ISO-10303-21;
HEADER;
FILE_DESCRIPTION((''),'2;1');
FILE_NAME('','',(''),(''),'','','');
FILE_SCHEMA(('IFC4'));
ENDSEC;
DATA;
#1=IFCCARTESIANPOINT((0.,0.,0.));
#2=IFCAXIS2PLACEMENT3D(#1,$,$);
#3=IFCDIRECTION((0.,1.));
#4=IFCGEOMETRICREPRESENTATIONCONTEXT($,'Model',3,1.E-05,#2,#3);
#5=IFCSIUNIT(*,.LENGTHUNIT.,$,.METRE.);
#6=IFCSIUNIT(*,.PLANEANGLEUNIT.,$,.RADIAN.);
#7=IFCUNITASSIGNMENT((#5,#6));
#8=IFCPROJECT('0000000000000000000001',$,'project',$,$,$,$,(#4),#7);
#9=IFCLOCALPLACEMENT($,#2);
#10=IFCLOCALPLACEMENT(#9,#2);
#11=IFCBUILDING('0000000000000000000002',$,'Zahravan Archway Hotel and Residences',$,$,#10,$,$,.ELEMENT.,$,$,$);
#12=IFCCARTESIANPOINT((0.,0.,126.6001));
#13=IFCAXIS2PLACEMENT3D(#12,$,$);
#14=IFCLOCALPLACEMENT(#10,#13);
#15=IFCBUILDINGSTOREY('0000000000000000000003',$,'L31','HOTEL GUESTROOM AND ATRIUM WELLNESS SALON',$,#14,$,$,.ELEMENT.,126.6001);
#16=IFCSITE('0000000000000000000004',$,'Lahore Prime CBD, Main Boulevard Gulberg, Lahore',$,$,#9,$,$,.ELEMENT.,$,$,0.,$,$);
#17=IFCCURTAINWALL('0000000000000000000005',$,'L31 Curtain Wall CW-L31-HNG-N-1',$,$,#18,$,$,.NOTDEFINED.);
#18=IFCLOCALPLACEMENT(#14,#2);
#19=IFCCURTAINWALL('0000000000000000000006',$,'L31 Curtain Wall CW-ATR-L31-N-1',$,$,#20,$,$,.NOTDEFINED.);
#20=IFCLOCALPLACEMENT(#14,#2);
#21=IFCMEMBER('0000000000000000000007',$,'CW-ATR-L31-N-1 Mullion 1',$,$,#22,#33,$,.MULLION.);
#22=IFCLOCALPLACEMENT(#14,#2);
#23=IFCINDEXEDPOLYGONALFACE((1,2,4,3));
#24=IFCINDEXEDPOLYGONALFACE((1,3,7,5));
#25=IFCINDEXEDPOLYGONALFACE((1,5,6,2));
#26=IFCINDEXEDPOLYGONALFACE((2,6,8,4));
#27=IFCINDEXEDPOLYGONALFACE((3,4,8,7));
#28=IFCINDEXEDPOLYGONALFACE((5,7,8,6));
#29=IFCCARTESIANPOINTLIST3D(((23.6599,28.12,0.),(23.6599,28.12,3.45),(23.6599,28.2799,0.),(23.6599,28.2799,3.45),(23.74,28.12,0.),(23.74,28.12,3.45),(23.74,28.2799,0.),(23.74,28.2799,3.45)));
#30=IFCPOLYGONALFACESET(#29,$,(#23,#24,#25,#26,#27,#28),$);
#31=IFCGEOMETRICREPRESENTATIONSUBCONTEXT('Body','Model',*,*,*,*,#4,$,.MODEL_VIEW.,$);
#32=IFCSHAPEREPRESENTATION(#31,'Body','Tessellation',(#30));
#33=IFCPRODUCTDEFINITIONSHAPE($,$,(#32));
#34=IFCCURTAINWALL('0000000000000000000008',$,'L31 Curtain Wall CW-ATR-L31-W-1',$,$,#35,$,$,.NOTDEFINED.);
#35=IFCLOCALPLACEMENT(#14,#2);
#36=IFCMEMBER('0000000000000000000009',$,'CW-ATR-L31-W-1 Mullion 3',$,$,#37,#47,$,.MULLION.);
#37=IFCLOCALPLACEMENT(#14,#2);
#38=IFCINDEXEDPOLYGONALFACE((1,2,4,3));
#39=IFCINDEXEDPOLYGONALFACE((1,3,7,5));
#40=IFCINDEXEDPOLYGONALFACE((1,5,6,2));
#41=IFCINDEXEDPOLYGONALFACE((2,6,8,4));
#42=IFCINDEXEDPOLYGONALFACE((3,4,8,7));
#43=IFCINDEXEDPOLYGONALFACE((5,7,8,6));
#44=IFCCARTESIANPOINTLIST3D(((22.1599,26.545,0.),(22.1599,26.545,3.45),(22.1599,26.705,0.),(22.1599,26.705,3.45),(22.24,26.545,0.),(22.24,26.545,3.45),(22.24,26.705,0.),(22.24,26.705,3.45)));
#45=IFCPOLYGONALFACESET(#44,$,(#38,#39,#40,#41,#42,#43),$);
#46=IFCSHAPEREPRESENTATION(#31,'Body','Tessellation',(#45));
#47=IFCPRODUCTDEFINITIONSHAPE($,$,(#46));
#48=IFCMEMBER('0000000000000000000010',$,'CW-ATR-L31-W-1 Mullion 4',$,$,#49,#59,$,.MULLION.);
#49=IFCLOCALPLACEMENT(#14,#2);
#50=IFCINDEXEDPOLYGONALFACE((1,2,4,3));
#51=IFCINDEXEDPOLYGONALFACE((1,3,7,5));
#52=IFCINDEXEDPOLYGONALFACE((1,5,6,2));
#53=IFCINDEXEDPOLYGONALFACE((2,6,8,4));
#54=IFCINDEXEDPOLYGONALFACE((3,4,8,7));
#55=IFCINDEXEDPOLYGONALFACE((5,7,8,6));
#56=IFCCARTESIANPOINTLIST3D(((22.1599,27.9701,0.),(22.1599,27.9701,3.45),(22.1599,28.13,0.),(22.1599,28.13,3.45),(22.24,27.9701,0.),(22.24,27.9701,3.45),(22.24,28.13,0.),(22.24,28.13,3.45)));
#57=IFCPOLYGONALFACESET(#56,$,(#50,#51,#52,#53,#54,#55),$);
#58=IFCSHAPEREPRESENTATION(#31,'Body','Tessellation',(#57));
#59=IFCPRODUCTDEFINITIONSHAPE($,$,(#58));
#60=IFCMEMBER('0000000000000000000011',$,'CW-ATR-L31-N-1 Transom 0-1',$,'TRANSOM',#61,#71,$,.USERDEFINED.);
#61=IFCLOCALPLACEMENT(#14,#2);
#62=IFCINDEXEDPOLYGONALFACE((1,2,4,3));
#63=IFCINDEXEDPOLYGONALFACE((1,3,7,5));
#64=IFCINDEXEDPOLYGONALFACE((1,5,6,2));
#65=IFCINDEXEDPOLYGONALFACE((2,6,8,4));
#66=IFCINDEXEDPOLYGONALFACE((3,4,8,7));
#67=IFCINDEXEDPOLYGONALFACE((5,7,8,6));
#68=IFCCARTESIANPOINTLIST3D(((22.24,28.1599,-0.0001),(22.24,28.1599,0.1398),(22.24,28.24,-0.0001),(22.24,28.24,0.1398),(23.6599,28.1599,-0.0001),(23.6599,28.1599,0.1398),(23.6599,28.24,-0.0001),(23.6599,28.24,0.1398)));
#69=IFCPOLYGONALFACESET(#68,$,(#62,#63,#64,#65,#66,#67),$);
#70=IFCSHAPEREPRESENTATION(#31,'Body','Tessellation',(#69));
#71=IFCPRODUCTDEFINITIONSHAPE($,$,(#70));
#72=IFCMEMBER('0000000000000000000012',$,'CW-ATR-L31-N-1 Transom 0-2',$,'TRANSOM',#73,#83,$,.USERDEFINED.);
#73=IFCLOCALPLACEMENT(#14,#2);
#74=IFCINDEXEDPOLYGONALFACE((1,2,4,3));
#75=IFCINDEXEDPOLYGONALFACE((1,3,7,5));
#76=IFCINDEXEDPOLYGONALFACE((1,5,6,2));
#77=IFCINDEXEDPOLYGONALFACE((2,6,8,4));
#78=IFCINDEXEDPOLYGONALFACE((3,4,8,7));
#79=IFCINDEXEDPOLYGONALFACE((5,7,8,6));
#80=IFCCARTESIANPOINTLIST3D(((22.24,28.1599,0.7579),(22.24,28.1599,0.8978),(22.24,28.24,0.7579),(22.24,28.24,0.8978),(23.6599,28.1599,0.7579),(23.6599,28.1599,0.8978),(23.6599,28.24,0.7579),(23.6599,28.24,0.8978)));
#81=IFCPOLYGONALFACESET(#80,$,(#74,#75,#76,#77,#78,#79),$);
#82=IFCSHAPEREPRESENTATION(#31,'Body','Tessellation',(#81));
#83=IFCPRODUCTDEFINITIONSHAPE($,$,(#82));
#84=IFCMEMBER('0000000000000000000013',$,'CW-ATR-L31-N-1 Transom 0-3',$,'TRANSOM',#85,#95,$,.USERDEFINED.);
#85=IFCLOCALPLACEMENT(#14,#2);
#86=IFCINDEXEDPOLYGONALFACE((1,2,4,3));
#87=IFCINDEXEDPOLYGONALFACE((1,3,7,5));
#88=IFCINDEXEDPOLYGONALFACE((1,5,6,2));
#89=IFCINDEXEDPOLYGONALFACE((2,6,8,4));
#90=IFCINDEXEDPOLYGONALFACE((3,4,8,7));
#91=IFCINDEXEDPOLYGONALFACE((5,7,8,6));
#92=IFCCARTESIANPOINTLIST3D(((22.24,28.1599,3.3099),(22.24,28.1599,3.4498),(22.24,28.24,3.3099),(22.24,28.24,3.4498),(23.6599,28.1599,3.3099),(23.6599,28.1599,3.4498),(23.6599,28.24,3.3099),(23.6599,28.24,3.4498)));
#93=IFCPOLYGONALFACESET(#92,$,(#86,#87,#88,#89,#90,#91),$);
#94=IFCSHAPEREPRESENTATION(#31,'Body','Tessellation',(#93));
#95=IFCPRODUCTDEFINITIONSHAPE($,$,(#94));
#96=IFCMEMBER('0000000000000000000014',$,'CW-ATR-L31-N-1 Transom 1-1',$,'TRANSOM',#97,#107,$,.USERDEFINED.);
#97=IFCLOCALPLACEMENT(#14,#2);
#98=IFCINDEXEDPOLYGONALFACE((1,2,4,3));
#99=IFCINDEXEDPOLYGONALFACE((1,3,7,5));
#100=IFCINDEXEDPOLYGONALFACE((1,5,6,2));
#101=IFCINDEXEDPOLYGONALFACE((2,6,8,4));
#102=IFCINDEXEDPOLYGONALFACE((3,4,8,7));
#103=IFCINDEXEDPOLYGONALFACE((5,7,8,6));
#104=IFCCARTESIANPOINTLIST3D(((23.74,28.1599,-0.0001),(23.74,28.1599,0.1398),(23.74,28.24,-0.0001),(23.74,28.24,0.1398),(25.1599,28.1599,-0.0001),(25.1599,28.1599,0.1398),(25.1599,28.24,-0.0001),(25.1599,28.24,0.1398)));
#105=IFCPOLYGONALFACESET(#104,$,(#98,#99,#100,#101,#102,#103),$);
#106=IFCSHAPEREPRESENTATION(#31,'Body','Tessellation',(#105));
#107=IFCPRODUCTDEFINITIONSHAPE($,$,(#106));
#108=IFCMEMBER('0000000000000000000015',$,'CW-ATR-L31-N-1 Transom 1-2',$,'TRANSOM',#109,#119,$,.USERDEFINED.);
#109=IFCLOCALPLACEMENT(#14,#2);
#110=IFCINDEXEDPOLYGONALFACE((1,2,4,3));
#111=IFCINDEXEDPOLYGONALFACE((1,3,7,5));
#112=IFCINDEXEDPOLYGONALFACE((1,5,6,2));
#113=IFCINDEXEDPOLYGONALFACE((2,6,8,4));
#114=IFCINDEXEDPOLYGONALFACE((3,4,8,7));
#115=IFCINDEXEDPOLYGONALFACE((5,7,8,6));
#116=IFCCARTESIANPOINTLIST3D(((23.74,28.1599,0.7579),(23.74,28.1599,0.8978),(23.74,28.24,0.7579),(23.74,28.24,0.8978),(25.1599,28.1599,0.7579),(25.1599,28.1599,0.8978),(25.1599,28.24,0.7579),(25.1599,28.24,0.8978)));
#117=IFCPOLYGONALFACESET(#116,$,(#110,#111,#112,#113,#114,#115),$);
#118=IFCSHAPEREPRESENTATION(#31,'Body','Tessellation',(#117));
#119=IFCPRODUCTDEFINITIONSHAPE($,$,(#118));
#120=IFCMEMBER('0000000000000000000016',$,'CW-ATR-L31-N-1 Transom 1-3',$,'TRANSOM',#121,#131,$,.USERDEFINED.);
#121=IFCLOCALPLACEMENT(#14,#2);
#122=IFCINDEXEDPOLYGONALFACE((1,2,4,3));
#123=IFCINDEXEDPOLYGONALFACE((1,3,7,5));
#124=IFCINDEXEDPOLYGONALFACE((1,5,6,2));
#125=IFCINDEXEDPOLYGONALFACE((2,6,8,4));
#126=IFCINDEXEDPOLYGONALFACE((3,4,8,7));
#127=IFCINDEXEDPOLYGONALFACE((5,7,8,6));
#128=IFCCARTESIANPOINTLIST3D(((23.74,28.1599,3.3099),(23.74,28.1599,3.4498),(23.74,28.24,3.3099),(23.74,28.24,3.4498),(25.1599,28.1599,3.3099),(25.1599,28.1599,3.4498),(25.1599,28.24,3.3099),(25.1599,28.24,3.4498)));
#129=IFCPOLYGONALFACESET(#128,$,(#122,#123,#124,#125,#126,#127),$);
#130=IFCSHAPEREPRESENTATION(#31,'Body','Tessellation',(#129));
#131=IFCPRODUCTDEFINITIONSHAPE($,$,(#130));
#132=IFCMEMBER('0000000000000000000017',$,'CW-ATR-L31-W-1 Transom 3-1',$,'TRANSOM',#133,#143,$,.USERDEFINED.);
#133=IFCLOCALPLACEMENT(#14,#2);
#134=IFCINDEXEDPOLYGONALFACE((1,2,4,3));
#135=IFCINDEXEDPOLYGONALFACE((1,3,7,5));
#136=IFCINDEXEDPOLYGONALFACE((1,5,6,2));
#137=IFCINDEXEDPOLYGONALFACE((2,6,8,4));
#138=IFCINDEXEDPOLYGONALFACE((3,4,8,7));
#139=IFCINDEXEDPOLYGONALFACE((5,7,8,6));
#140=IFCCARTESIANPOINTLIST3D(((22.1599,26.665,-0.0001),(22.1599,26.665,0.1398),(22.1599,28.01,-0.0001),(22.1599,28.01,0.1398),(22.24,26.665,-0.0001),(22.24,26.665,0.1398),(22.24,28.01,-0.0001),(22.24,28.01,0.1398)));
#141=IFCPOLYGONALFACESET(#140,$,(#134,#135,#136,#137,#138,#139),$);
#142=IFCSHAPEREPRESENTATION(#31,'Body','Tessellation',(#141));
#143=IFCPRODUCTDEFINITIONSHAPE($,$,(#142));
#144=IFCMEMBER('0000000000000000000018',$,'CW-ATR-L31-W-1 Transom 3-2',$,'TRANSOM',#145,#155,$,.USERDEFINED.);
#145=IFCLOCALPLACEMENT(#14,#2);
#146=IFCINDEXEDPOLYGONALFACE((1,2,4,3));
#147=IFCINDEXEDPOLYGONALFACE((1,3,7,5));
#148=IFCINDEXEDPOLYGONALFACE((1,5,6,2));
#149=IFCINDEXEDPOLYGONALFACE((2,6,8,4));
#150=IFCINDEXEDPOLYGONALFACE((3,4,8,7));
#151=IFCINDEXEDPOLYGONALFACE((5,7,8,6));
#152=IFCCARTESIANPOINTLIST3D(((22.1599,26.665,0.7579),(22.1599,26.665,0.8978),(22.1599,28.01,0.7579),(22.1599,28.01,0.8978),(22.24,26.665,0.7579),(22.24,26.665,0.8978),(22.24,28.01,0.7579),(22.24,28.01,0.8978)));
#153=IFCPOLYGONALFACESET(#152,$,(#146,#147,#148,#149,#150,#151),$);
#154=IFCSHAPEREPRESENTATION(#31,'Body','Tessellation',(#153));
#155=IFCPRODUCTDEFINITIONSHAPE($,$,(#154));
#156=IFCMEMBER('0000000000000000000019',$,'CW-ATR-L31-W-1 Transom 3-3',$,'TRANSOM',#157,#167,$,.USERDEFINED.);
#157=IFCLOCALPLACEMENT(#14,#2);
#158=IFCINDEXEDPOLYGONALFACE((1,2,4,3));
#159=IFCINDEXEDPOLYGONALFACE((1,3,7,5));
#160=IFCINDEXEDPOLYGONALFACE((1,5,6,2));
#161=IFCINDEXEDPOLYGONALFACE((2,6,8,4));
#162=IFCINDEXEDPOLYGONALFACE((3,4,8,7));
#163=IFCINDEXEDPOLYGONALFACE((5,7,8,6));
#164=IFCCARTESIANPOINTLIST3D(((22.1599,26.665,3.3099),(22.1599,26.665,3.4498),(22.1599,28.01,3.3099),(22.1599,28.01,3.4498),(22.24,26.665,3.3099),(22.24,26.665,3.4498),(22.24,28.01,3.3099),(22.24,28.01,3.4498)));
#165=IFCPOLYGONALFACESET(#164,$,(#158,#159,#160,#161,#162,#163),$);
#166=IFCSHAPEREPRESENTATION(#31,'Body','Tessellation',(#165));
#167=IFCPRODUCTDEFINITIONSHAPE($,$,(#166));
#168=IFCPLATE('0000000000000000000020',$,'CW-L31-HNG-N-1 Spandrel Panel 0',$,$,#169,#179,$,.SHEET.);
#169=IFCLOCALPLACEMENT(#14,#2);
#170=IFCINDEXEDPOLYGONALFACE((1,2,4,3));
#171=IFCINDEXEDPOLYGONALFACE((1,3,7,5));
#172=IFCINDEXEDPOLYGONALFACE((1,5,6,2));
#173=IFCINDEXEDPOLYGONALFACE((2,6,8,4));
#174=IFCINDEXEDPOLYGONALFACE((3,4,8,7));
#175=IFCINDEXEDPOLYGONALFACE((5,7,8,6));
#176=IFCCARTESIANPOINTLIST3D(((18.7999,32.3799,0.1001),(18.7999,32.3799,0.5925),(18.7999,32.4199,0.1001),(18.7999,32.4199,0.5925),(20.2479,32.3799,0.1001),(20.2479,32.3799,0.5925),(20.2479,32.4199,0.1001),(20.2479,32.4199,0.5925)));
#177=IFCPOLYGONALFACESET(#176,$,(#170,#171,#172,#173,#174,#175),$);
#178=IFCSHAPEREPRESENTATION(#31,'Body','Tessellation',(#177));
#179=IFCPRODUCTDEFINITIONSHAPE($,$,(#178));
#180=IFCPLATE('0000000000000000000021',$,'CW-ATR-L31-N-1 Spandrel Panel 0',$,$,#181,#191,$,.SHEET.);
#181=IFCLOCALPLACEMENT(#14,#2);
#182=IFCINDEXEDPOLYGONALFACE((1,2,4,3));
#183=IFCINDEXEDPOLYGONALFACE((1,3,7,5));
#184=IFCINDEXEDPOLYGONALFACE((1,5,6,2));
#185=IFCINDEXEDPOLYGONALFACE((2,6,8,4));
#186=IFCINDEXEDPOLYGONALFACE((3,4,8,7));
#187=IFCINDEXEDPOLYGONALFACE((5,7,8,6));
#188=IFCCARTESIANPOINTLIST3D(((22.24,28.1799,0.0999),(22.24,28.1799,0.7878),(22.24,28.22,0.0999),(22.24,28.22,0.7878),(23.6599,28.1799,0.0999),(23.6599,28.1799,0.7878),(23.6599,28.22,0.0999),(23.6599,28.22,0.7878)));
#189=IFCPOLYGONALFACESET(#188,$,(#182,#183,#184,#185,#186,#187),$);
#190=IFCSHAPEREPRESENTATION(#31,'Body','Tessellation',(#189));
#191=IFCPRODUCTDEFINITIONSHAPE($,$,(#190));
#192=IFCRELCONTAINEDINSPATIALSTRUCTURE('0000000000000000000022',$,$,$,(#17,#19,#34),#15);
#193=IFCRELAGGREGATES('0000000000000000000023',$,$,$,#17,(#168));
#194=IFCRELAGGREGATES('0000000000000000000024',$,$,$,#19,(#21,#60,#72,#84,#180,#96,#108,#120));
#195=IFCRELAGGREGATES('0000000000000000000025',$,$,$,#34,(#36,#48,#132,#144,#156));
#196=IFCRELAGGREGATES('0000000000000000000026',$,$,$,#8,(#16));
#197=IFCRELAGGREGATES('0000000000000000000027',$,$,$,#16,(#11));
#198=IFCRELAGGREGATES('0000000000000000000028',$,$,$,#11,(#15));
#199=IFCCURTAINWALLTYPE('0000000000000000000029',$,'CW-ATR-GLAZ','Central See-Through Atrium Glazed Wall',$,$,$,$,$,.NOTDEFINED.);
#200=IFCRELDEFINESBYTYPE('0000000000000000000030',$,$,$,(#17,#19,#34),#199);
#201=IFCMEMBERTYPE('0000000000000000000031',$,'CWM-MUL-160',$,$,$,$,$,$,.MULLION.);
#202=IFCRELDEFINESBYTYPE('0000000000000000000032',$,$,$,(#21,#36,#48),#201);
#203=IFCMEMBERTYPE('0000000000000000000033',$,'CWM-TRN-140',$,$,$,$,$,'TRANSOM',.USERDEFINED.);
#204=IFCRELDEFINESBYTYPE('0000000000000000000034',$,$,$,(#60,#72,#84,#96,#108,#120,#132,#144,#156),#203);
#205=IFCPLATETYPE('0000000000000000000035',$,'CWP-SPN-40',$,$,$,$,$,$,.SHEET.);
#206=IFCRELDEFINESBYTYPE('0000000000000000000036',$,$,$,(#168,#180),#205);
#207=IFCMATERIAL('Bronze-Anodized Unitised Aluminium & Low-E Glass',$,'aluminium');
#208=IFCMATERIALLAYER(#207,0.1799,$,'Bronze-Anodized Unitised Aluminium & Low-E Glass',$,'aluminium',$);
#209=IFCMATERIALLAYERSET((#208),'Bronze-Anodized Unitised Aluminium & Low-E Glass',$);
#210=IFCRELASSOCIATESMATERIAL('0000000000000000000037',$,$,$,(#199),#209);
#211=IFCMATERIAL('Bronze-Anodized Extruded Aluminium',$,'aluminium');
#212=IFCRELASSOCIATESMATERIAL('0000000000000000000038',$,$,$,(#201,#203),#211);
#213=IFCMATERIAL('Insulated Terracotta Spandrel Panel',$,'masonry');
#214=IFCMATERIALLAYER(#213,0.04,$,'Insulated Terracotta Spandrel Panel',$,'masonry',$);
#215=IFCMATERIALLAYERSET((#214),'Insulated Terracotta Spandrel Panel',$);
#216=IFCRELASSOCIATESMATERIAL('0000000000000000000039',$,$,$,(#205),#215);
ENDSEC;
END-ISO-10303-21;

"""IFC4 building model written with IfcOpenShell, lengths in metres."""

from ifc_helpers import new_model, si_unit, direction, frame, origin, origin_2d, place, context, subcontext, project, spatial, rectangle, extrude, source, transform, mapped, material, layer, layer_set, material_profile, profile_set, type_object, element, aggregate, save


model = new_model("IFC4")

# Units and contexts
model_context = context("Model", 3, precision=1e-05, world=origin(), true_north=direction((0.0, 1.0)))
body_context = subcontext(model_context, "Body", "Model", "MODEL_VIEW")
ifc_project = project(units=[si_unit("LENGTHUNIT", "METRE"), si_unit("PLANEANGLEUNIT", "RADIAN")], contexts=[model_context])

# Site, building, storey
site_placement = place(None, origin())
site = spatial("IfcSite", under=ifc_project, at=site_placement, Name="Lahore Prime CBD, Main Boulevard Gulberg, Lahore", CompositionType="ELEMENT", RefElevation=0.0)
building_placement = place(site_placement, origin())
building = spatial("IfcBuilding", under=site, at=building_placement, Name="Zahravan Archway Hotel and Residences", CompositionType="ELEMENT")
storey_placement = place(building_placement, frame((0.0, 0.0, 126.6001)))
storey = spatial("IfcBuildingStorey", under=building, at=storey_placement, Name="L31", Description="HOTEL GUESTROOM AND ATRIUM WELLNESS SALON", CompositionType="ELEMENT", Elevation=126.6001)

# Curtain walls, members
ifc_material_1 = material(Name="Bronze-Anodized Unitised Aluminium & Low-E Glass", Category="aluminium")
ifc_layer_1 = layer(ifc_material_1, 0.1799, Name="Bronze-Anodized Unitised Aluminium & Low-E Glass", Category="aluminium")
ifc_layer_set_1 = layer_set([ifc_layer_1], Name="Bronze-Anodized Unitised Aluminium & Low-E Glass")
curtain_wall_type = type_object("IfcCurtainWallType", Name="CW-ATR-GLAZ", Description="Central See-Through Atrium Glazed Wall", PredefinedType="NOTDEFINED", material=ifc_layer_set_1)
curtain_wall_1_placement = place(storey_placement, origin())
curtain_wall_1 = element("IfcCurtainWall", 1, at=curtain_wall_1_placement, inside=storey, type_object=curtain_wall_type, Name="L31 Curtain Wall CW-L31-HNG-N-1", PredefinedType="NOTDEFINED")
ifc_material_2 = material(Name="Bronze-Anodized Extruded Aluminium", Category="aluminium")
ifc_material_profile_1 = material_profile(ifc_material_2, rectangle(XDim=0.0801, YDim=0.1599, at=origin_2d()), Name="MUL 80x160", Category="aluminium")
ifc_profile_set_1 = profile_set([ifc_material_profile_1], Name="Bronze-Anodized Extruded Aluminium")
member_type_1 = type_object("IfcMemberType", Name="CWM-MUL-160", PredefinedType="MULLION", material=ifc_profile_set_1)
ifc_material_profile_2 = material_profile(ifc_material_2, rectangle(XDim=0.0801, YDim=0.1399, at=origin_2d()), Name="TRN 80x140", Category="aluminium")
ifc_profile_set_2 = profile_set([ifc_material_profile_2], Name="Bronze-Anodized Extruded Aluminium")
member_type_2 = type_object("IfcMemberType", Name="CWM-TRN-140", ElementType="TRANSOM", PredefinedType="USERDEFINED", material=ifc_profile_set_2)
curtain_wall_2_placement = place(storey_placement, origin())
curtain_wall_2 = element("IfcCurtainWall", 2, at=curtain_wall_2_placement, inside=storey, type_object=curtain_wall_type, Name="L31 Curtain Wall CW-ATR-L31-N-1", PredefinedType="NOTDEFINED")
shared_shape_1 = source(origin(), body_context, "Body", "SweptSolid", [
    extrude(rectangle(XDim=0.0801, YDim=0.1599, at=origin_2d()), origin(), (0.0, 0.0, 1.0), 3.45),
])
member_1_placement = place(storey_placement, frame((23.7, 28.2, 0.0), z_axis=(0.0, 0.0, 1.0), x_axis=(1.0, 0.0, 0.0)))
member_1 = element("IfcMember", 3, at=member_1_placement, type_object=member_type_1, Name="CW-ATR-L31-N-1 Mullion 1", PredefinedType="MULLION", context=body_context, shape_type="MappedRepresentation", body=[
    mapped(shared_shape_1, transform((0.0, 0.0, 0.0), scale=1.0)),
])
curtain_wall_3_placement = place(storey_placement, origin())
curtain_wall_3 = element("IfcCurtainWall", 4, at=curtain_wall_3_placement, inside=storey, type_object=curtain_wall_type, Name="L31 Curtain Wall CW-ATR-L31-W-1", PredefinedType="NOTDEFINED")
member_2_placement = place(storey_placement, frame((22.2, 26.625, 0.0), z_axis=(0.0, 0.0, 1.0), x_axis=(1.0, 0.0, 0.0)))
member_2 = element("IfcMember", 5, at=member_2_placement, type_object=member_type_1, Name="CW-ATR-L31-W-1 Mullion 3", PredefinedType="MULLION", context=body_context, shape_type="MappedRepresentation", body=[
    mapped(shared_shape_1, transform((0.0, 0.0, 0.0), scale=1.0)),
])
member_3_placement = place(storey_placement, frame((22.2, 28.05, 0.0), z_axis=(0.0, 0.0, 1.0), x_axis=(1.0, 0.0, 0.0)))
member_3 = element("IfcMember", 6, at=member_3_placement, type_object=member_type_1, Name="CW-ATR-L31-W-1 Mullion 4", PredefinedType="MULLION", context=body_context, shape_type="MappedRepresentation", body=[
    mapped(shared_shape_1, transform((0.0, 0.0, 0.0), scale=1.0)),
])

# Members
shared_shape_2 = source(origin(), body_context, "Body", "SweptSolid", [
    extrude(rectangle(XDim=0.0801, YDim=0.1399, at=origin_2d()), origin(), (0.0, 0.0, 1.0), 1.4199),
])
member_4_placement = place(storey_placement, frame((22.24, 28.2, 0.0698), z_axis=(1.0, 0.0, 0.0), x_axis=(0.0, 1.0, 0.0)))
member_4 = element("IfcMember", 7, at=member_4_placement, type_object=member_type_2, Name="CW-ATR-L31-N-1 Transom 0-1", ObjectType="TRANSOM", PredefinedType="USERDEFINED", context=body_context, shape_type="MappedRepresentation", body=[
    mapped(shared_shape_2, transform((0.0, 0.0, 0.0), scale=1.0)),
])
member_5_placement = place(storey_placement, frame((22.24, 28.2, 0.8279), z_axis=(1.0, 0.0, 0.0), x_axis=(0.0, 1.0, 0.0)))
member_5 = element("IfcMember", 8, at=member_5_placement, type_object=member_type_2, Name="CW-ATR-L31-N-1 Transom 0-2", ObjectType="TRANSOM", PredefinedType="USERDEFINED", context=body_context, shape_type="MappedRepresentation", body=[
    mapped(shared_shape_2, transform((0.0, 0.0, 0.0), scale=1.0)),
])
member_6_placement = place(storey_placement, frame((22.24, 28.2, 3.3799), z_axis=(1.0, 0.0, 0.0), x_axis=(0.0, 1.0, 0.0)))
member_6 = element("IfcMember", 9, at=member_6_placement, type_object=member_type_2, Name="CW-ATR-L31-N-1 Transom 0-3", ObjectType="TRANSOM", PredefinedType="USERDEFINED", context=body_context, shape_type="MappedRepresentation", body=[
    mapped(shared_shape_2, transform((0.0, 0.0, 0.0), scale=1.0)),
])
member_7_placement = place(storey_placement, frame((23.74, 28.2, 0.0698), z_axis=(1.0, 0.0, 0.0), x_axis=(0.0, 1.0, 0.0)))
member_7 = element("IfcMember", 10, at=member_7_placement, type_object=member_type_2, Name="CW-ATR-L31-N-1 Transom 1-1", ObjectType="TRANSOM", PredefinedType="USERDEFINED", context=body_context, shape_type="MappedRepresentation", body=[
    mapped(shared_shape_2, transform((0.0, 0.0, 0.0), scale=1.0)),
])
member_8_placement = place(storey_placement, frame((23.74, 28.2, 0.8279), z_axis=(1.0, 0.0, 0.0), x_axis=(0.0, 1.0, 0.0)))
member_8 = element("IfcMember", 11, at=member_8_placement, type_object=member_type_2, Name="CW-ATR-L31-N-1 Transom 1-2", ObjectType="TRANSOM", PredefinedType="USERDEFINED", context=body_context, shape_type="MappedRepresentation", body=[
    mapped(shared_shape_2, transform((0.0, 0.0, 0.0), scale=1.0)),
])
member_9_placement = place(storey_placement, frame((23.74, 28.2, 3.3799), z_axis=(1.0, 0.0, 0.0), x_axis=(0.0, 1.0, 0.0)))
member_9 = element("IfcMember", 12, at=member_9_placement, type_object=member_type_2, Name="CW-ATR-L31-N-1 Transom 1-3", ObjectType="TRANSOM", PredefinedType="USERDEFINED", context=body_context, shape_type="MappedRepresentation", body=[
    mapped(shared_shape_2, transform((0.0, 0.0, 0.0), scale=1.0)),
])
shared_shape_3 = source(origin(), body_context, "Body", "SweptSolid", [
    extrude(rectangle(XDim=0.0801, YDim=0.1399, at=origin_2d()), origin(), (0.0, 0.0, 1.0), 1.345),
])
member_10_placement = place(storey_placement, frame((22.2, 26.665, 0.0698), z_axis=(0.0, 1.0, 0.0), x_axis=(-1.0, 0.0, 0.0)))
member_10 = element("IfcMember", 13, at=member_10_placement, type_object=member_type_2, Name="CW-ATR-L31-W-1 Transom 3-1", ObjectType="TRANSOM", PredefinedType="USERDEFINED", context=body_context, shape_type="MappedRepresentation", body=[
    mapped(shared_shape_3, transform((0.0, 0.0, 0.0), scale=1.0)),
])
member_11_placement = place(storey_placement, frame((22.2, 26.665, 0.8279), z_axis=(0.0, 1.0, 0.0), x_axis=(-1.0, 0.0, 0.0)))
member_11 = element("IfcMember", 14, at=member_11_placement, type_object=member_type_2, Name="CW-ATR-L31-W-1 Transom 3-2", ObjectType="TRANSOM", PredefinedType="USERDEFINED", context=body_context, shape_type="MappedRepresentation", body=[
    mapped(shared_shape_3, transform((0.0, 0.0, 0.0), scale=1.0)),
])
member_12_placement = place(storey_placement, frame((22.2, 26.665, 3.3799), z_axis=(0.0, 1.0, 0.0), x_axis=(-1.0, 0.0, 0.0)))
member_12 = element("IfcMember", 15, at=member_12_placement, type_object=member_type_2, Name="CW-ATR-L31-W-1 Transom 3-3", ObjectType="TRANSOM", PredefinedType="USERDEFINED", context=body_context, shape_type="MappedRepresentation", body=[
    mapped(shared_shape_3, transform((0.0, 0.0, 0.0), scale=1.0)),
])

# Plates
ifc_material_3 = material(Name="Insulated Terracotta Spandrel Panel", Category="masonry")
ifc_layer_2 = layer(ifc_material_3, 0.04, Name="Insulated Terracotta Spandrel Panel", Category="masonry")
ifc_layer_set_2 = layer_set([ifc_layer_2], Name="Insulated Terracotta Spandrel Panel")
plate_type_1 = type_object("IfcPlateType", Name="CWP-SPN-40", PredefinedType="SHEET", material=ifc_layer_set_2)
shared_shape_4 = source(origin(), body_context, "Body", "SweptSolid", [
    extrude(rectangle(XDim=1.448, YDim=0.04, at=origin_2d()), origin(), (0.0, 0.0, 1.0), 0.4924),
])
plate_1_placement = place(storey_placement, frame((19.5239, 32.3999, 0.1001), z_axis=(0.0, 0.0, 1.0), x_axis=(1.0, 0.0, 0.0)))
plate_1 = element("IfcPlate", 16, at=plate_1_placement, type_object=plate_type_1, Name="CW-L31-HNG-N-1 Spandrel Panel 0", PredefinedType="SHEET", context=body_context, shape_type="MappedRepresentation", body=[
    mapped(shared_shape_4, transform((0.0, 0.0, 0.0), scale=1.0)),
])
aggregate(curtain_wall_1, [plate_1])
shared_shape_5 = source(origin(), body_context, "Body", "SweptSolid", [
    extrude(rectangle(XDim=1.4199, YDim=0.04, at=origin_2d()), origin(), (0.0, 0.0, 1.0), 0.688),
])
plate_2_placement = place(storey_placement, frame((22.95, 28.2, 0.0999), z_axis=(0.0, 0.0, 1.0), x_axis=(1.0, 0.0, 0.0)))
plate_2 = element("IfcPlate", 17, at=plate_2_placement, type_object=plate_type_1, Name="CW-ATR-L31-N-1 Spandrel Panel 0", PredefinedType="SHEET", context=body_context, shape_type="MappedRepresentation", body=[
    mapped(shared_shape_5, transform((0.0, 0.0, 0.0), scale=1.0)),
])
aggregate(curtain_wall_2, [member_1, member_4, member_5, member_6, plate_2, member_7, member_8, member_9])
aggregate(curtain_wall_3, [member_2, member_3, member_10, member_11, member_12])

save(model, "model.ifc")
